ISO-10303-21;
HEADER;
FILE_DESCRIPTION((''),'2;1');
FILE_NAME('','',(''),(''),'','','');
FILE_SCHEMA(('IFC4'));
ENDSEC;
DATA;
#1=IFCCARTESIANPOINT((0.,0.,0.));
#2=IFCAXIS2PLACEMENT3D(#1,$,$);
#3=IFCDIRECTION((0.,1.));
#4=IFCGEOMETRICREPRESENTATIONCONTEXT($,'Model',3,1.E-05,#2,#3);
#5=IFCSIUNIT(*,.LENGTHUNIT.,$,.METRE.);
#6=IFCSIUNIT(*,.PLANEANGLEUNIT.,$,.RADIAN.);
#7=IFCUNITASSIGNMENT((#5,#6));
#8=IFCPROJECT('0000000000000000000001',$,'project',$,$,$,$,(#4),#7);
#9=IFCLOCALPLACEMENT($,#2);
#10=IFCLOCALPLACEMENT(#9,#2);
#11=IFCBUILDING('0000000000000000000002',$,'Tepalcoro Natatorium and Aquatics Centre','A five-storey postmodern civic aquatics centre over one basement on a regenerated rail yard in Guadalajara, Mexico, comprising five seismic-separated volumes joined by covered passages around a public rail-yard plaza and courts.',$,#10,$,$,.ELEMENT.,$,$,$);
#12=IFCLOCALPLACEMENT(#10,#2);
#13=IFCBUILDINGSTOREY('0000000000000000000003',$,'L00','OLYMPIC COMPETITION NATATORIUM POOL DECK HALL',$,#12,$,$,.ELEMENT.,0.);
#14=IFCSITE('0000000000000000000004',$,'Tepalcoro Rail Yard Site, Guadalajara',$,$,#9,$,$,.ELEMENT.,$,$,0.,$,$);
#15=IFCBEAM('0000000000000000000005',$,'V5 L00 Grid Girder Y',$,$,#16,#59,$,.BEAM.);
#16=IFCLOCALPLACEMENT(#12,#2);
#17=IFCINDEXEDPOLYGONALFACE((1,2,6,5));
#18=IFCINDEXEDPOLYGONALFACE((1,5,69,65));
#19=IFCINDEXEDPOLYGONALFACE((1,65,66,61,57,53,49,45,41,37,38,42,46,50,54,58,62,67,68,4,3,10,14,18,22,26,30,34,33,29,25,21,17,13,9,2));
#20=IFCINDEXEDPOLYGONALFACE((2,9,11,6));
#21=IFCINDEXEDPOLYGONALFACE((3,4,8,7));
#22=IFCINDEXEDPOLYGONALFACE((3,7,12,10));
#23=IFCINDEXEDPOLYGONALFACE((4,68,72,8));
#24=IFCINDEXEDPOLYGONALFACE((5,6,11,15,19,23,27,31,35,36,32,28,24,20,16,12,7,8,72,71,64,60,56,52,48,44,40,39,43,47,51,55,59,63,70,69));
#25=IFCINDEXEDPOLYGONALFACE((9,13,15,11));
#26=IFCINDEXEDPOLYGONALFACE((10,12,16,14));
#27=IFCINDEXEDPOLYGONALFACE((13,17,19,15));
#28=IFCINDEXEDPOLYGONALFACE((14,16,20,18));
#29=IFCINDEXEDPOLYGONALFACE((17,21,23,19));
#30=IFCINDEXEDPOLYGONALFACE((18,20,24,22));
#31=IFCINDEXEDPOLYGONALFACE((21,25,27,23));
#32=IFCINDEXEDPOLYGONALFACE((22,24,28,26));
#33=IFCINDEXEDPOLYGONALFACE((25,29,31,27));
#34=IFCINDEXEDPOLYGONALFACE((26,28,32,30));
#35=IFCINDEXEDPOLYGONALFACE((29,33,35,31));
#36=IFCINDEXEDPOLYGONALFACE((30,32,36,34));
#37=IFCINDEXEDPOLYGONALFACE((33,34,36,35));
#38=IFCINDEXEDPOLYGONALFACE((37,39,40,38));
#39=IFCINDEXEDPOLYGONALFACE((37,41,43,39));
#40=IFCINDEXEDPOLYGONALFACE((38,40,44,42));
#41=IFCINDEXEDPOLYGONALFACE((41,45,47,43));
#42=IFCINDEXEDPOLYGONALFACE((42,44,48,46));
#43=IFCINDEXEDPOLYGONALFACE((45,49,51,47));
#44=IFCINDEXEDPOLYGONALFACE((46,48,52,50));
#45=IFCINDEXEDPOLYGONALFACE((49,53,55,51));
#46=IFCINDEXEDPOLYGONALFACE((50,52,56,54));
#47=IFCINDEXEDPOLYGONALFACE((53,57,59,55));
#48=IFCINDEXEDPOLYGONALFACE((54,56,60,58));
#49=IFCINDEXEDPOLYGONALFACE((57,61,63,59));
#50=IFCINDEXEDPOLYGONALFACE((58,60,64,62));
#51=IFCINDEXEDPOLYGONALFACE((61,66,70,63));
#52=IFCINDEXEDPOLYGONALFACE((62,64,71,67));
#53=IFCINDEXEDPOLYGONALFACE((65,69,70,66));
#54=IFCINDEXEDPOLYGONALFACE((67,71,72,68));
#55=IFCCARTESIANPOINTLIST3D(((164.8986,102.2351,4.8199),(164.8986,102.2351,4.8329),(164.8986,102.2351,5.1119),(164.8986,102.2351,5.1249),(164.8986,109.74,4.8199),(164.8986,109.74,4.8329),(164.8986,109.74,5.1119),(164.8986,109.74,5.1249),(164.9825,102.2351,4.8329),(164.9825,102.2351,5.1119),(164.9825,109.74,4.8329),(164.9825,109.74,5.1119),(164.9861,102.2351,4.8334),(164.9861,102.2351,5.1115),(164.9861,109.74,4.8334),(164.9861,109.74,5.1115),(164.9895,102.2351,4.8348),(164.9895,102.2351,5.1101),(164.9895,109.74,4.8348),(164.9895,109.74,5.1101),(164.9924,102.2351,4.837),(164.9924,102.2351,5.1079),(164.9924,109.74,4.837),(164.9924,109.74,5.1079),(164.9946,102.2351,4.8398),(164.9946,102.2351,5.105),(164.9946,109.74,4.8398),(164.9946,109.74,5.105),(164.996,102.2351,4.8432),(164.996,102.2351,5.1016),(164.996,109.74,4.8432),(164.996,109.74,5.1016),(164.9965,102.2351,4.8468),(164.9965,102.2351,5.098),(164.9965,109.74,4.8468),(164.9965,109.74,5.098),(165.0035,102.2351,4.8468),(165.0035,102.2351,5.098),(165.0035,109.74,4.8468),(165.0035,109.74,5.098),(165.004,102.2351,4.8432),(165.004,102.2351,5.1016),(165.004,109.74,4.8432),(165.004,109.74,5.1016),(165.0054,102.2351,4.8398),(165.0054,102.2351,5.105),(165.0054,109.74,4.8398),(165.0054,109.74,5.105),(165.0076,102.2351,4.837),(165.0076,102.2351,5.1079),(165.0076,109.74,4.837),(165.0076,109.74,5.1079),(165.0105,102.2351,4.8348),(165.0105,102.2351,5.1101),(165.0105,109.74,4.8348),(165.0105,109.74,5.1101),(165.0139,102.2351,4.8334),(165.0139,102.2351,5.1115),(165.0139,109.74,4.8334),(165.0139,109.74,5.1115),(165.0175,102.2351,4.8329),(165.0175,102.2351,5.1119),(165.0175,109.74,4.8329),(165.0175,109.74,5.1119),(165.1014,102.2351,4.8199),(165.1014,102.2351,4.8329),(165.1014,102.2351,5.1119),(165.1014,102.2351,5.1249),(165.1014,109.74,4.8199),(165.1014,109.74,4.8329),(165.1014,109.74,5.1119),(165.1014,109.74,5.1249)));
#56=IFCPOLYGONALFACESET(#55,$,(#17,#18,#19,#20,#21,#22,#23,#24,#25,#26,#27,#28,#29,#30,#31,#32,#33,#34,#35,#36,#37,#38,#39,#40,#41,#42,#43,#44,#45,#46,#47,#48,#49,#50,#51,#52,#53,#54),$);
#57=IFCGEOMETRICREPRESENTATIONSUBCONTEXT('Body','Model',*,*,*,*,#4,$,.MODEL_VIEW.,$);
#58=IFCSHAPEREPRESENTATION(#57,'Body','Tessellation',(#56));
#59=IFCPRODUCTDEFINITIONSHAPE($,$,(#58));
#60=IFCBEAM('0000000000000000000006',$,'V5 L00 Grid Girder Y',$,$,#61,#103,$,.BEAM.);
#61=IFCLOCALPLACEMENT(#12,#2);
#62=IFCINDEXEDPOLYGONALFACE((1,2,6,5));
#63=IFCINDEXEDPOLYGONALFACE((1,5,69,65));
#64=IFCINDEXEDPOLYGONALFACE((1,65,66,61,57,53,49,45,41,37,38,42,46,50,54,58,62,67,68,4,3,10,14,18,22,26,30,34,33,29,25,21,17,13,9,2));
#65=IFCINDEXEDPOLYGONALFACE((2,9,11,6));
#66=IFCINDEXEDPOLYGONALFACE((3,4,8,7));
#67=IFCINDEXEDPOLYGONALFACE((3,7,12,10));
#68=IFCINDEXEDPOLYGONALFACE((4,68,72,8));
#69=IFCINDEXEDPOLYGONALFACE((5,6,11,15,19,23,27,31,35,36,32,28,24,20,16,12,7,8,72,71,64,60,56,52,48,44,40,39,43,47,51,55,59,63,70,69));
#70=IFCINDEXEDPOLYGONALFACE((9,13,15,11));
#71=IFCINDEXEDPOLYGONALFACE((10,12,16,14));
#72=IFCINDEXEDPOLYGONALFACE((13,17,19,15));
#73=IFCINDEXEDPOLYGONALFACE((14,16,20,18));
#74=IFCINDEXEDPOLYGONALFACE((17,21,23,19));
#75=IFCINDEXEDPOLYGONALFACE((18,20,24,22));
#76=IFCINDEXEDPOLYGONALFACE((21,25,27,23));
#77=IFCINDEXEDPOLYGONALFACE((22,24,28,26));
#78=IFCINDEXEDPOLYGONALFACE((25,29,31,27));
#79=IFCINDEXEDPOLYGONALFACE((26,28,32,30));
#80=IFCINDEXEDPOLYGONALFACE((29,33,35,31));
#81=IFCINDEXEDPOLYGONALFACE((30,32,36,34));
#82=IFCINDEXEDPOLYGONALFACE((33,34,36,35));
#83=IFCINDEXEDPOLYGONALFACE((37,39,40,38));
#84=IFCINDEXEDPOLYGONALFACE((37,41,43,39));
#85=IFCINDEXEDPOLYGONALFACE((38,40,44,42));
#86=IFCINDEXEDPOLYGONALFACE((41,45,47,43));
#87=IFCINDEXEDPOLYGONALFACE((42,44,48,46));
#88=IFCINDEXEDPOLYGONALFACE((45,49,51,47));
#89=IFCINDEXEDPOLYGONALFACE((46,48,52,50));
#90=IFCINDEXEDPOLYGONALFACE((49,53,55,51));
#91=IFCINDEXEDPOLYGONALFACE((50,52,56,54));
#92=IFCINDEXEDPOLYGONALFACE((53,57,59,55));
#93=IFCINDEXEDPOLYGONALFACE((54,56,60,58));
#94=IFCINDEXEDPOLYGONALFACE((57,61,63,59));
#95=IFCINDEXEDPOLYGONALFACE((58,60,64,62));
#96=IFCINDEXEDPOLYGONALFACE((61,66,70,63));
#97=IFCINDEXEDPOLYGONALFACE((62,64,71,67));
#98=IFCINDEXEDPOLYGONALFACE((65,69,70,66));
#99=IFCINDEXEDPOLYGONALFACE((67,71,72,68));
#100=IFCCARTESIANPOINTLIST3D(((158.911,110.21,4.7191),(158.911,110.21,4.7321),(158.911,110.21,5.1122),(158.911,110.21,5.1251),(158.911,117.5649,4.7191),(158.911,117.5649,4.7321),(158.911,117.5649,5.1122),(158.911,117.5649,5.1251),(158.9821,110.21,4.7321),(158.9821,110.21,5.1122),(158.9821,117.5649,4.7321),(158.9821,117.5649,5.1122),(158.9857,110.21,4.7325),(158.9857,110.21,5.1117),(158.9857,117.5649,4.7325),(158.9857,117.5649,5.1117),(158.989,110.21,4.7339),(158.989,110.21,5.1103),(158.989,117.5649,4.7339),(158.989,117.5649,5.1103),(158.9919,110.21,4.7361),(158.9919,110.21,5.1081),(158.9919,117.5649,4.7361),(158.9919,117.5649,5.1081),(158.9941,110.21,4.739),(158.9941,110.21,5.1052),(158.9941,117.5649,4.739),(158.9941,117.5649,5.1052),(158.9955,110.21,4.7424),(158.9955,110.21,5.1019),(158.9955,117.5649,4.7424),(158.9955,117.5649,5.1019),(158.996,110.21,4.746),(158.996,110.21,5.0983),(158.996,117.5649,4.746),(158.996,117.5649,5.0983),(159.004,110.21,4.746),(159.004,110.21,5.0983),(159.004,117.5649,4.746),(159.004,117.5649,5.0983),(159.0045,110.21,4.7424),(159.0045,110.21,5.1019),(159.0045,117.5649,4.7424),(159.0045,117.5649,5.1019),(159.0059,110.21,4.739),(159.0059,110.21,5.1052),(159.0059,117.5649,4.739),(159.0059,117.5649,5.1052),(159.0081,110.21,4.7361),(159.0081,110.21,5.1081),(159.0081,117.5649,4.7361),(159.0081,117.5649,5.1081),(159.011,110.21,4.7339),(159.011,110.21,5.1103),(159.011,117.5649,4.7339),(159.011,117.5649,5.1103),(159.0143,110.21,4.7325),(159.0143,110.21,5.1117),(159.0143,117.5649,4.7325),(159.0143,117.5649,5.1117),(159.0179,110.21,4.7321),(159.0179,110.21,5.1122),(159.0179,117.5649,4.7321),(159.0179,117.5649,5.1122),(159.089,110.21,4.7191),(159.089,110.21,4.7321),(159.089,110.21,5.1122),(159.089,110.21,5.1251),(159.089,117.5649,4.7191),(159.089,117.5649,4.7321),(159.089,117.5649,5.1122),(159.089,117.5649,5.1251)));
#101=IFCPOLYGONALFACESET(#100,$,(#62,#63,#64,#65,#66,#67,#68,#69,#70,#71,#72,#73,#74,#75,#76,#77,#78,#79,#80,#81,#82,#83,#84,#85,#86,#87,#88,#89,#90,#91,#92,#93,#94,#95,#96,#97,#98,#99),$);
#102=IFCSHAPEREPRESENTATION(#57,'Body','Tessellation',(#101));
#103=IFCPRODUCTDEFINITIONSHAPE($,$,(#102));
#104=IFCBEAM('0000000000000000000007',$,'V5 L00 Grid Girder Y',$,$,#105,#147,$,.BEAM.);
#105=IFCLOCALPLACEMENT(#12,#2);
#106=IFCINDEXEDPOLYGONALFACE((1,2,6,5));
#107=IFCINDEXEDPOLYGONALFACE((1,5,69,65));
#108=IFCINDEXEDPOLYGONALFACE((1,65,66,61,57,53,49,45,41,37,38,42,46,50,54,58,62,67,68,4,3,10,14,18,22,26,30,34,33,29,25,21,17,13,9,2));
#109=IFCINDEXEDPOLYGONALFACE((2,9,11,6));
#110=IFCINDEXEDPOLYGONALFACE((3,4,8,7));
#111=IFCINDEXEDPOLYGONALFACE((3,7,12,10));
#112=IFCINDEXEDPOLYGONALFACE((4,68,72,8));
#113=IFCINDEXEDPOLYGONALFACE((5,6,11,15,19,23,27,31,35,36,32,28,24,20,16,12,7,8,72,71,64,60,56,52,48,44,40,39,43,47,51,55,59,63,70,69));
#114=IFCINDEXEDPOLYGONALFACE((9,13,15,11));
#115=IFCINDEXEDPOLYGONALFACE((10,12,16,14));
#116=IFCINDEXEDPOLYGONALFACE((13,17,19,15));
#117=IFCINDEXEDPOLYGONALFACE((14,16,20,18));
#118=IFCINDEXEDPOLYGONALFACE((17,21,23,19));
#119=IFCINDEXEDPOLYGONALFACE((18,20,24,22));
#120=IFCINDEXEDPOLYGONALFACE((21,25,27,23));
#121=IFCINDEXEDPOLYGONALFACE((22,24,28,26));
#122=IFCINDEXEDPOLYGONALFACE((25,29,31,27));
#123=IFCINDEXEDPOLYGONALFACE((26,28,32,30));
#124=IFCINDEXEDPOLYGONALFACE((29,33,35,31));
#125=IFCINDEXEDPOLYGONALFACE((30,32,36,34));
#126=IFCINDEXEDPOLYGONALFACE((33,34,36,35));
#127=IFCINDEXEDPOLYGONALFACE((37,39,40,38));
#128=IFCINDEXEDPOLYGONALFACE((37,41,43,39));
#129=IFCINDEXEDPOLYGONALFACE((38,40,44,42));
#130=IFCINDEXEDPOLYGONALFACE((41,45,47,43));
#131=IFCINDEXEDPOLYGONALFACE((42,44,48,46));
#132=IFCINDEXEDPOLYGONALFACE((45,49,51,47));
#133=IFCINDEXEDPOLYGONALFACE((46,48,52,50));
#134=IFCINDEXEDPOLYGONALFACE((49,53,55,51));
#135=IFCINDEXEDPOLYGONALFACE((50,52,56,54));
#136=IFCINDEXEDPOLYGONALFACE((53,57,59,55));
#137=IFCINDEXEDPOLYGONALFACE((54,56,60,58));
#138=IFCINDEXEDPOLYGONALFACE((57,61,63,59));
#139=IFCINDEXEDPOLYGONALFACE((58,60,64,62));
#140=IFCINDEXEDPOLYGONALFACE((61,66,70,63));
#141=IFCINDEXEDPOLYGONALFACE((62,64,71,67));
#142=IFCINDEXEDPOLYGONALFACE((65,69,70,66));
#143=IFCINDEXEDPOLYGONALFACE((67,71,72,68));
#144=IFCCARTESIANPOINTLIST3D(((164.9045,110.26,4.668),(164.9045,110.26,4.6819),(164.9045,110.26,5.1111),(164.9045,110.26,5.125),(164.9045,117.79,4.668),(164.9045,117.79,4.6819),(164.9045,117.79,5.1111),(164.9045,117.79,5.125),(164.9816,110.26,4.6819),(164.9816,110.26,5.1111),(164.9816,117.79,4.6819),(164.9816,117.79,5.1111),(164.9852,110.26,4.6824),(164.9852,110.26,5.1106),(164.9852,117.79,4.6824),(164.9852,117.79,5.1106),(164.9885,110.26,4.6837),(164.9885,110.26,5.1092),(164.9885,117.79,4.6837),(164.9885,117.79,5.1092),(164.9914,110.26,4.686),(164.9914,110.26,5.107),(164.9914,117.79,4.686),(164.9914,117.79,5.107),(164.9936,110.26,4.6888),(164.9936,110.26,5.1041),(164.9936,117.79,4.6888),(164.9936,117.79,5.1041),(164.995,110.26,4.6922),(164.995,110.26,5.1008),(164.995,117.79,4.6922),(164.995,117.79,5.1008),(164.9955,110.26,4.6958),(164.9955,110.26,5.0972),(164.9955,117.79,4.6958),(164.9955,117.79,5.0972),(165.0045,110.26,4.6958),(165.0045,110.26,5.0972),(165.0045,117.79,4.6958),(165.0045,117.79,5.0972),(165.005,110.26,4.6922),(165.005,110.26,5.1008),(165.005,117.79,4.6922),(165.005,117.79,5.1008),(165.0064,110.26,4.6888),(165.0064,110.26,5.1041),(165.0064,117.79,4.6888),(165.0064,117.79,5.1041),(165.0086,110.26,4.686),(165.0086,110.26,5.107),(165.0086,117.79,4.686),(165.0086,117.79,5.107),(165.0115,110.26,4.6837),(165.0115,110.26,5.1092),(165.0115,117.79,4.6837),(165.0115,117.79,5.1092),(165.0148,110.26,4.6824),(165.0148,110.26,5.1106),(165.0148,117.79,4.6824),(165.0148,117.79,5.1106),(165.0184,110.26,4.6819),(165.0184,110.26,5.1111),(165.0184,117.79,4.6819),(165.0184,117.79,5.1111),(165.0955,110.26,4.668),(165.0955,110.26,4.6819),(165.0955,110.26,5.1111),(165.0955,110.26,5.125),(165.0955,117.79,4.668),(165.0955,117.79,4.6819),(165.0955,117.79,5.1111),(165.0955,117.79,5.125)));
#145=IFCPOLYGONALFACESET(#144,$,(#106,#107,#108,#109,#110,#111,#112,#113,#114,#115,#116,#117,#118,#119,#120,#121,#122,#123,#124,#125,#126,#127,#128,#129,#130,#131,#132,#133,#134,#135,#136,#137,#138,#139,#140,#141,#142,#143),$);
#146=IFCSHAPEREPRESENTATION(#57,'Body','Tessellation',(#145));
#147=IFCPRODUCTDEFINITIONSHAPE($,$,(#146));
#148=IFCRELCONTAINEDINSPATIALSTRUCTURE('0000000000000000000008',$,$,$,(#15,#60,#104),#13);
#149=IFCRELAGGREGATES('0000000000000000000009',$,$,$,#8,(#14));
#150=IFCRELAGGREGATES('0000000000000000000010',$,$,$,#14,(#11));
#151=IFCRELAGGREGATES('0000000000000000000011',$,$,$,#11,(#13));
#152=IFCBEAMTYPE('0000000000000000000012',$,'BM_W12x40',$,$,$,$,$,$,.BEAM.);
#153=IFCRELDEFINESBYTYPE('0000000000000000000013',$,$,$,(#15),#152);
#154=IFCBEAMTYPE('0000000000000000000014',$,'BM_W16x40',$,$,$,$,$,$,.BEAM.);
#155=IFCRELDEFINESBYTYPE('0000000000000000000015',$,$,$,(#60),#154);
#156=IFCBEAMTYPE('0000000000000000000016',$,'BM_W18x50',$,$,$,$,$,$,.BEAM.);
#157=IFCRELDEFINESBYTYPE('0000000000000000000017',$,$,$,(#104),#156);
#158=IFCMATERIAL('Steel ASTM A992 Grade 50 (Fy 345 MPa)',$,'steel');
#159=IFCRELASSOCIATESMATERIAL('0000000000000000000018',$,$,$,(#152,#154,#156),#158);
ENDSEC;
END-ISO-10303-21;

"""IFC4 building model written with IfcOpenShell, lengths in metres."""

from ifc_helpers import new_model, si_unit, direction, frame, origin, origin_2d, place, context, subcontext, project, spatial, i_section, extrude, material, material_profile, profile_set, type_object, element, save


model = new_model("IFC4")

# Units and contexts
model_context = context("Model", 3, precision=1e-05, world=origin(), true_north=direction((0.0, 1.0)))
body_context = subcontext(model_context, "Body", "Model", "MODEL_VIEW")
ifc_project = project(units=[si_unit("LENGTHUNIT", "METRE"), si_unit("PLANEANGLEUNIT", "RADIAN")], contexts=[model_context])

# Site, building, storey
site_placement = place(None, origin())
site = spatial("IfcSite", under=ifc_project, at=site_placement, Name="Tepalcoro Rail Yard Site, Guadalajara", CompositionType="ELEMENT", RefElevation=0.0)
building_placement = place(site_placement, origin())
building = spatial("IfcBuilding", under=site, at=building_placement, Name="Tepalcoro Natatorium and Aquatics Centre", Description="A five-storey postmodern civic aquatics centre over one basement on a regenerated rail yard in Guadalajara, Mexico, comprising five seismic-separated volumes joined by covered passages around a public rail-yard plaza and courts.", CompositionType="ELEMENT")
storey_placement = place(building_placement, origin())
storey = spatial("IfcBuildingStorey", under=building, at=storey_placement, Name="L00", Description="OLYMPIC COMPETITION NATATORIUM POOL DECK HALL", CompositionType="ELEMENT", Elevation=0.0)

# Beams
ifc_material_1 = material(Name="Steel ASTM A992 Grade 50 (Fy 345 MPa)", Category="steel")
ifc_material_profile_1 = material_profile(ifc_material_1, i_section(OverallWidth=0.2029, OverallDepth=0.3049, WebThickness=0.0071, FlangeThickness=0.0129, FilletRadius=0.0139, at=origin_2d()), Name="W12X40")
ifc_profile_set_1 = profile_set([ifc_material_profile_1], Name="Steel ASTM A992 Grade 50 (Fy 345 MPa)")
beam_type_1 = type_object("IfcBeamType", Name="BM_W12x40", PredefinedType="BEAM", material=ifc_profile_set_1)
beam_1_placement = place(storey_placement, frame((165.0, 102.2351, 4.9724), z_axis=(0.0, 1.0, 0.0), x_axis=(-1.0, 0.0, 0.0)))
element("IfcBeam", 1, at=beam_1_placement, inside=storey, type_object=beam_type_1, Name="V5 L00 Grid Girder Y", PredefinedType="BEAM", context=body_context, shape_type="SweptSolid", body=[
    extrude(i_section(OverallWidth=0.2029, OverallDepth=0.3049, WebThickness=0.0071, FlangeThickness=0.0129, FilletRadius=0.0139, at=origin_2d()), origin(), (0.0, 0.0, 1.0), 7.5049),
])
ifc_material_profile_2 = material_profile(ifc_material_1, i_section(OverallWidth=0.178, OverallDepth=0.406, WebThickness=0.0081, FlangeThickness=0.0129, FilletRadius=0.0139, at=origin_2d()), Name="W16X40")
ifc_profile_set_2 = profile_set([ifc_material_profile_2], Name="Steel ASTM A992 Grade 50 (Fy 345 MPa)")
beam_type_2 = type_object("IfcBeamType", Name="BM_W16x40", PredefinedType="BEAM", material=ifc_profile_set_2)
beam_2_placement = place(storey_placement, frame((159.0, 110.21, 4.9221), z_axis=(0.0, 1.0, 0.0), x_axis=(-1.0, 0.0, 0.0)))
element("IfcBeam", 2, at=beam_2_placement, inside=storey, type_object=beam_type_2, Name="V5 L00 Grid Girder Y", PredefinedType="BEAM", context=body_context, shape_type="SweptSolid", body=[
    extrude(i_section(OverallWidth=0.178, OverallDepth=0.406, WebThickness=0.0081, FlangeThickness=0.0129, FilletRadius=0.0139, at=origin_2d()), origin(), (0.0, 0.0, 1.0), 7.355),
])
ifc_material_profile_3 = material_profile(ifc_material_1, i_section(OverallWidth=0.1909, OverallDepth=0.457, WebThickness=0.009, FlangeThickness=0.0139, FilletRadius=0.0139, at=origin_2d()), Name="W18X50")
ifc_profile_set_3 = profile_set([ifc_material_profile_3], Name="Steel ASTM A992 Grade 50 (Fy 345 MPa)")
beam_type_3 = type_object("IfcBeamType", Name="BM_W18x50", PredefinedType="BEAM", material=ifc_profile_set_3)
beam_3_placement = place(storey_placement, frame((165.0, 110.26, 4.8965), z_axis=(0.0, 1.0, 0.0), x_axis=(-1.0, 0.0, 0.0)))
element("IfcBeam", 3, at=beam_3_placement, inside=storey, type_object=beam_type_3, Name="V5 L00 Grid Girder Y", PredefinedType="BEAM", context=body_context, shape_type="SweptSolid", body=[
    extrude(i_section(OverallWidth=0.1909, OverallDepth=0.457, WebThickness=0.009, FlangeThickness=0.0139, FilletRadius=0.0139, at=origin_2d()), origin(), (0.0, 0.0, 1.0), 7.53),
])

save(model, "model.ifc")
